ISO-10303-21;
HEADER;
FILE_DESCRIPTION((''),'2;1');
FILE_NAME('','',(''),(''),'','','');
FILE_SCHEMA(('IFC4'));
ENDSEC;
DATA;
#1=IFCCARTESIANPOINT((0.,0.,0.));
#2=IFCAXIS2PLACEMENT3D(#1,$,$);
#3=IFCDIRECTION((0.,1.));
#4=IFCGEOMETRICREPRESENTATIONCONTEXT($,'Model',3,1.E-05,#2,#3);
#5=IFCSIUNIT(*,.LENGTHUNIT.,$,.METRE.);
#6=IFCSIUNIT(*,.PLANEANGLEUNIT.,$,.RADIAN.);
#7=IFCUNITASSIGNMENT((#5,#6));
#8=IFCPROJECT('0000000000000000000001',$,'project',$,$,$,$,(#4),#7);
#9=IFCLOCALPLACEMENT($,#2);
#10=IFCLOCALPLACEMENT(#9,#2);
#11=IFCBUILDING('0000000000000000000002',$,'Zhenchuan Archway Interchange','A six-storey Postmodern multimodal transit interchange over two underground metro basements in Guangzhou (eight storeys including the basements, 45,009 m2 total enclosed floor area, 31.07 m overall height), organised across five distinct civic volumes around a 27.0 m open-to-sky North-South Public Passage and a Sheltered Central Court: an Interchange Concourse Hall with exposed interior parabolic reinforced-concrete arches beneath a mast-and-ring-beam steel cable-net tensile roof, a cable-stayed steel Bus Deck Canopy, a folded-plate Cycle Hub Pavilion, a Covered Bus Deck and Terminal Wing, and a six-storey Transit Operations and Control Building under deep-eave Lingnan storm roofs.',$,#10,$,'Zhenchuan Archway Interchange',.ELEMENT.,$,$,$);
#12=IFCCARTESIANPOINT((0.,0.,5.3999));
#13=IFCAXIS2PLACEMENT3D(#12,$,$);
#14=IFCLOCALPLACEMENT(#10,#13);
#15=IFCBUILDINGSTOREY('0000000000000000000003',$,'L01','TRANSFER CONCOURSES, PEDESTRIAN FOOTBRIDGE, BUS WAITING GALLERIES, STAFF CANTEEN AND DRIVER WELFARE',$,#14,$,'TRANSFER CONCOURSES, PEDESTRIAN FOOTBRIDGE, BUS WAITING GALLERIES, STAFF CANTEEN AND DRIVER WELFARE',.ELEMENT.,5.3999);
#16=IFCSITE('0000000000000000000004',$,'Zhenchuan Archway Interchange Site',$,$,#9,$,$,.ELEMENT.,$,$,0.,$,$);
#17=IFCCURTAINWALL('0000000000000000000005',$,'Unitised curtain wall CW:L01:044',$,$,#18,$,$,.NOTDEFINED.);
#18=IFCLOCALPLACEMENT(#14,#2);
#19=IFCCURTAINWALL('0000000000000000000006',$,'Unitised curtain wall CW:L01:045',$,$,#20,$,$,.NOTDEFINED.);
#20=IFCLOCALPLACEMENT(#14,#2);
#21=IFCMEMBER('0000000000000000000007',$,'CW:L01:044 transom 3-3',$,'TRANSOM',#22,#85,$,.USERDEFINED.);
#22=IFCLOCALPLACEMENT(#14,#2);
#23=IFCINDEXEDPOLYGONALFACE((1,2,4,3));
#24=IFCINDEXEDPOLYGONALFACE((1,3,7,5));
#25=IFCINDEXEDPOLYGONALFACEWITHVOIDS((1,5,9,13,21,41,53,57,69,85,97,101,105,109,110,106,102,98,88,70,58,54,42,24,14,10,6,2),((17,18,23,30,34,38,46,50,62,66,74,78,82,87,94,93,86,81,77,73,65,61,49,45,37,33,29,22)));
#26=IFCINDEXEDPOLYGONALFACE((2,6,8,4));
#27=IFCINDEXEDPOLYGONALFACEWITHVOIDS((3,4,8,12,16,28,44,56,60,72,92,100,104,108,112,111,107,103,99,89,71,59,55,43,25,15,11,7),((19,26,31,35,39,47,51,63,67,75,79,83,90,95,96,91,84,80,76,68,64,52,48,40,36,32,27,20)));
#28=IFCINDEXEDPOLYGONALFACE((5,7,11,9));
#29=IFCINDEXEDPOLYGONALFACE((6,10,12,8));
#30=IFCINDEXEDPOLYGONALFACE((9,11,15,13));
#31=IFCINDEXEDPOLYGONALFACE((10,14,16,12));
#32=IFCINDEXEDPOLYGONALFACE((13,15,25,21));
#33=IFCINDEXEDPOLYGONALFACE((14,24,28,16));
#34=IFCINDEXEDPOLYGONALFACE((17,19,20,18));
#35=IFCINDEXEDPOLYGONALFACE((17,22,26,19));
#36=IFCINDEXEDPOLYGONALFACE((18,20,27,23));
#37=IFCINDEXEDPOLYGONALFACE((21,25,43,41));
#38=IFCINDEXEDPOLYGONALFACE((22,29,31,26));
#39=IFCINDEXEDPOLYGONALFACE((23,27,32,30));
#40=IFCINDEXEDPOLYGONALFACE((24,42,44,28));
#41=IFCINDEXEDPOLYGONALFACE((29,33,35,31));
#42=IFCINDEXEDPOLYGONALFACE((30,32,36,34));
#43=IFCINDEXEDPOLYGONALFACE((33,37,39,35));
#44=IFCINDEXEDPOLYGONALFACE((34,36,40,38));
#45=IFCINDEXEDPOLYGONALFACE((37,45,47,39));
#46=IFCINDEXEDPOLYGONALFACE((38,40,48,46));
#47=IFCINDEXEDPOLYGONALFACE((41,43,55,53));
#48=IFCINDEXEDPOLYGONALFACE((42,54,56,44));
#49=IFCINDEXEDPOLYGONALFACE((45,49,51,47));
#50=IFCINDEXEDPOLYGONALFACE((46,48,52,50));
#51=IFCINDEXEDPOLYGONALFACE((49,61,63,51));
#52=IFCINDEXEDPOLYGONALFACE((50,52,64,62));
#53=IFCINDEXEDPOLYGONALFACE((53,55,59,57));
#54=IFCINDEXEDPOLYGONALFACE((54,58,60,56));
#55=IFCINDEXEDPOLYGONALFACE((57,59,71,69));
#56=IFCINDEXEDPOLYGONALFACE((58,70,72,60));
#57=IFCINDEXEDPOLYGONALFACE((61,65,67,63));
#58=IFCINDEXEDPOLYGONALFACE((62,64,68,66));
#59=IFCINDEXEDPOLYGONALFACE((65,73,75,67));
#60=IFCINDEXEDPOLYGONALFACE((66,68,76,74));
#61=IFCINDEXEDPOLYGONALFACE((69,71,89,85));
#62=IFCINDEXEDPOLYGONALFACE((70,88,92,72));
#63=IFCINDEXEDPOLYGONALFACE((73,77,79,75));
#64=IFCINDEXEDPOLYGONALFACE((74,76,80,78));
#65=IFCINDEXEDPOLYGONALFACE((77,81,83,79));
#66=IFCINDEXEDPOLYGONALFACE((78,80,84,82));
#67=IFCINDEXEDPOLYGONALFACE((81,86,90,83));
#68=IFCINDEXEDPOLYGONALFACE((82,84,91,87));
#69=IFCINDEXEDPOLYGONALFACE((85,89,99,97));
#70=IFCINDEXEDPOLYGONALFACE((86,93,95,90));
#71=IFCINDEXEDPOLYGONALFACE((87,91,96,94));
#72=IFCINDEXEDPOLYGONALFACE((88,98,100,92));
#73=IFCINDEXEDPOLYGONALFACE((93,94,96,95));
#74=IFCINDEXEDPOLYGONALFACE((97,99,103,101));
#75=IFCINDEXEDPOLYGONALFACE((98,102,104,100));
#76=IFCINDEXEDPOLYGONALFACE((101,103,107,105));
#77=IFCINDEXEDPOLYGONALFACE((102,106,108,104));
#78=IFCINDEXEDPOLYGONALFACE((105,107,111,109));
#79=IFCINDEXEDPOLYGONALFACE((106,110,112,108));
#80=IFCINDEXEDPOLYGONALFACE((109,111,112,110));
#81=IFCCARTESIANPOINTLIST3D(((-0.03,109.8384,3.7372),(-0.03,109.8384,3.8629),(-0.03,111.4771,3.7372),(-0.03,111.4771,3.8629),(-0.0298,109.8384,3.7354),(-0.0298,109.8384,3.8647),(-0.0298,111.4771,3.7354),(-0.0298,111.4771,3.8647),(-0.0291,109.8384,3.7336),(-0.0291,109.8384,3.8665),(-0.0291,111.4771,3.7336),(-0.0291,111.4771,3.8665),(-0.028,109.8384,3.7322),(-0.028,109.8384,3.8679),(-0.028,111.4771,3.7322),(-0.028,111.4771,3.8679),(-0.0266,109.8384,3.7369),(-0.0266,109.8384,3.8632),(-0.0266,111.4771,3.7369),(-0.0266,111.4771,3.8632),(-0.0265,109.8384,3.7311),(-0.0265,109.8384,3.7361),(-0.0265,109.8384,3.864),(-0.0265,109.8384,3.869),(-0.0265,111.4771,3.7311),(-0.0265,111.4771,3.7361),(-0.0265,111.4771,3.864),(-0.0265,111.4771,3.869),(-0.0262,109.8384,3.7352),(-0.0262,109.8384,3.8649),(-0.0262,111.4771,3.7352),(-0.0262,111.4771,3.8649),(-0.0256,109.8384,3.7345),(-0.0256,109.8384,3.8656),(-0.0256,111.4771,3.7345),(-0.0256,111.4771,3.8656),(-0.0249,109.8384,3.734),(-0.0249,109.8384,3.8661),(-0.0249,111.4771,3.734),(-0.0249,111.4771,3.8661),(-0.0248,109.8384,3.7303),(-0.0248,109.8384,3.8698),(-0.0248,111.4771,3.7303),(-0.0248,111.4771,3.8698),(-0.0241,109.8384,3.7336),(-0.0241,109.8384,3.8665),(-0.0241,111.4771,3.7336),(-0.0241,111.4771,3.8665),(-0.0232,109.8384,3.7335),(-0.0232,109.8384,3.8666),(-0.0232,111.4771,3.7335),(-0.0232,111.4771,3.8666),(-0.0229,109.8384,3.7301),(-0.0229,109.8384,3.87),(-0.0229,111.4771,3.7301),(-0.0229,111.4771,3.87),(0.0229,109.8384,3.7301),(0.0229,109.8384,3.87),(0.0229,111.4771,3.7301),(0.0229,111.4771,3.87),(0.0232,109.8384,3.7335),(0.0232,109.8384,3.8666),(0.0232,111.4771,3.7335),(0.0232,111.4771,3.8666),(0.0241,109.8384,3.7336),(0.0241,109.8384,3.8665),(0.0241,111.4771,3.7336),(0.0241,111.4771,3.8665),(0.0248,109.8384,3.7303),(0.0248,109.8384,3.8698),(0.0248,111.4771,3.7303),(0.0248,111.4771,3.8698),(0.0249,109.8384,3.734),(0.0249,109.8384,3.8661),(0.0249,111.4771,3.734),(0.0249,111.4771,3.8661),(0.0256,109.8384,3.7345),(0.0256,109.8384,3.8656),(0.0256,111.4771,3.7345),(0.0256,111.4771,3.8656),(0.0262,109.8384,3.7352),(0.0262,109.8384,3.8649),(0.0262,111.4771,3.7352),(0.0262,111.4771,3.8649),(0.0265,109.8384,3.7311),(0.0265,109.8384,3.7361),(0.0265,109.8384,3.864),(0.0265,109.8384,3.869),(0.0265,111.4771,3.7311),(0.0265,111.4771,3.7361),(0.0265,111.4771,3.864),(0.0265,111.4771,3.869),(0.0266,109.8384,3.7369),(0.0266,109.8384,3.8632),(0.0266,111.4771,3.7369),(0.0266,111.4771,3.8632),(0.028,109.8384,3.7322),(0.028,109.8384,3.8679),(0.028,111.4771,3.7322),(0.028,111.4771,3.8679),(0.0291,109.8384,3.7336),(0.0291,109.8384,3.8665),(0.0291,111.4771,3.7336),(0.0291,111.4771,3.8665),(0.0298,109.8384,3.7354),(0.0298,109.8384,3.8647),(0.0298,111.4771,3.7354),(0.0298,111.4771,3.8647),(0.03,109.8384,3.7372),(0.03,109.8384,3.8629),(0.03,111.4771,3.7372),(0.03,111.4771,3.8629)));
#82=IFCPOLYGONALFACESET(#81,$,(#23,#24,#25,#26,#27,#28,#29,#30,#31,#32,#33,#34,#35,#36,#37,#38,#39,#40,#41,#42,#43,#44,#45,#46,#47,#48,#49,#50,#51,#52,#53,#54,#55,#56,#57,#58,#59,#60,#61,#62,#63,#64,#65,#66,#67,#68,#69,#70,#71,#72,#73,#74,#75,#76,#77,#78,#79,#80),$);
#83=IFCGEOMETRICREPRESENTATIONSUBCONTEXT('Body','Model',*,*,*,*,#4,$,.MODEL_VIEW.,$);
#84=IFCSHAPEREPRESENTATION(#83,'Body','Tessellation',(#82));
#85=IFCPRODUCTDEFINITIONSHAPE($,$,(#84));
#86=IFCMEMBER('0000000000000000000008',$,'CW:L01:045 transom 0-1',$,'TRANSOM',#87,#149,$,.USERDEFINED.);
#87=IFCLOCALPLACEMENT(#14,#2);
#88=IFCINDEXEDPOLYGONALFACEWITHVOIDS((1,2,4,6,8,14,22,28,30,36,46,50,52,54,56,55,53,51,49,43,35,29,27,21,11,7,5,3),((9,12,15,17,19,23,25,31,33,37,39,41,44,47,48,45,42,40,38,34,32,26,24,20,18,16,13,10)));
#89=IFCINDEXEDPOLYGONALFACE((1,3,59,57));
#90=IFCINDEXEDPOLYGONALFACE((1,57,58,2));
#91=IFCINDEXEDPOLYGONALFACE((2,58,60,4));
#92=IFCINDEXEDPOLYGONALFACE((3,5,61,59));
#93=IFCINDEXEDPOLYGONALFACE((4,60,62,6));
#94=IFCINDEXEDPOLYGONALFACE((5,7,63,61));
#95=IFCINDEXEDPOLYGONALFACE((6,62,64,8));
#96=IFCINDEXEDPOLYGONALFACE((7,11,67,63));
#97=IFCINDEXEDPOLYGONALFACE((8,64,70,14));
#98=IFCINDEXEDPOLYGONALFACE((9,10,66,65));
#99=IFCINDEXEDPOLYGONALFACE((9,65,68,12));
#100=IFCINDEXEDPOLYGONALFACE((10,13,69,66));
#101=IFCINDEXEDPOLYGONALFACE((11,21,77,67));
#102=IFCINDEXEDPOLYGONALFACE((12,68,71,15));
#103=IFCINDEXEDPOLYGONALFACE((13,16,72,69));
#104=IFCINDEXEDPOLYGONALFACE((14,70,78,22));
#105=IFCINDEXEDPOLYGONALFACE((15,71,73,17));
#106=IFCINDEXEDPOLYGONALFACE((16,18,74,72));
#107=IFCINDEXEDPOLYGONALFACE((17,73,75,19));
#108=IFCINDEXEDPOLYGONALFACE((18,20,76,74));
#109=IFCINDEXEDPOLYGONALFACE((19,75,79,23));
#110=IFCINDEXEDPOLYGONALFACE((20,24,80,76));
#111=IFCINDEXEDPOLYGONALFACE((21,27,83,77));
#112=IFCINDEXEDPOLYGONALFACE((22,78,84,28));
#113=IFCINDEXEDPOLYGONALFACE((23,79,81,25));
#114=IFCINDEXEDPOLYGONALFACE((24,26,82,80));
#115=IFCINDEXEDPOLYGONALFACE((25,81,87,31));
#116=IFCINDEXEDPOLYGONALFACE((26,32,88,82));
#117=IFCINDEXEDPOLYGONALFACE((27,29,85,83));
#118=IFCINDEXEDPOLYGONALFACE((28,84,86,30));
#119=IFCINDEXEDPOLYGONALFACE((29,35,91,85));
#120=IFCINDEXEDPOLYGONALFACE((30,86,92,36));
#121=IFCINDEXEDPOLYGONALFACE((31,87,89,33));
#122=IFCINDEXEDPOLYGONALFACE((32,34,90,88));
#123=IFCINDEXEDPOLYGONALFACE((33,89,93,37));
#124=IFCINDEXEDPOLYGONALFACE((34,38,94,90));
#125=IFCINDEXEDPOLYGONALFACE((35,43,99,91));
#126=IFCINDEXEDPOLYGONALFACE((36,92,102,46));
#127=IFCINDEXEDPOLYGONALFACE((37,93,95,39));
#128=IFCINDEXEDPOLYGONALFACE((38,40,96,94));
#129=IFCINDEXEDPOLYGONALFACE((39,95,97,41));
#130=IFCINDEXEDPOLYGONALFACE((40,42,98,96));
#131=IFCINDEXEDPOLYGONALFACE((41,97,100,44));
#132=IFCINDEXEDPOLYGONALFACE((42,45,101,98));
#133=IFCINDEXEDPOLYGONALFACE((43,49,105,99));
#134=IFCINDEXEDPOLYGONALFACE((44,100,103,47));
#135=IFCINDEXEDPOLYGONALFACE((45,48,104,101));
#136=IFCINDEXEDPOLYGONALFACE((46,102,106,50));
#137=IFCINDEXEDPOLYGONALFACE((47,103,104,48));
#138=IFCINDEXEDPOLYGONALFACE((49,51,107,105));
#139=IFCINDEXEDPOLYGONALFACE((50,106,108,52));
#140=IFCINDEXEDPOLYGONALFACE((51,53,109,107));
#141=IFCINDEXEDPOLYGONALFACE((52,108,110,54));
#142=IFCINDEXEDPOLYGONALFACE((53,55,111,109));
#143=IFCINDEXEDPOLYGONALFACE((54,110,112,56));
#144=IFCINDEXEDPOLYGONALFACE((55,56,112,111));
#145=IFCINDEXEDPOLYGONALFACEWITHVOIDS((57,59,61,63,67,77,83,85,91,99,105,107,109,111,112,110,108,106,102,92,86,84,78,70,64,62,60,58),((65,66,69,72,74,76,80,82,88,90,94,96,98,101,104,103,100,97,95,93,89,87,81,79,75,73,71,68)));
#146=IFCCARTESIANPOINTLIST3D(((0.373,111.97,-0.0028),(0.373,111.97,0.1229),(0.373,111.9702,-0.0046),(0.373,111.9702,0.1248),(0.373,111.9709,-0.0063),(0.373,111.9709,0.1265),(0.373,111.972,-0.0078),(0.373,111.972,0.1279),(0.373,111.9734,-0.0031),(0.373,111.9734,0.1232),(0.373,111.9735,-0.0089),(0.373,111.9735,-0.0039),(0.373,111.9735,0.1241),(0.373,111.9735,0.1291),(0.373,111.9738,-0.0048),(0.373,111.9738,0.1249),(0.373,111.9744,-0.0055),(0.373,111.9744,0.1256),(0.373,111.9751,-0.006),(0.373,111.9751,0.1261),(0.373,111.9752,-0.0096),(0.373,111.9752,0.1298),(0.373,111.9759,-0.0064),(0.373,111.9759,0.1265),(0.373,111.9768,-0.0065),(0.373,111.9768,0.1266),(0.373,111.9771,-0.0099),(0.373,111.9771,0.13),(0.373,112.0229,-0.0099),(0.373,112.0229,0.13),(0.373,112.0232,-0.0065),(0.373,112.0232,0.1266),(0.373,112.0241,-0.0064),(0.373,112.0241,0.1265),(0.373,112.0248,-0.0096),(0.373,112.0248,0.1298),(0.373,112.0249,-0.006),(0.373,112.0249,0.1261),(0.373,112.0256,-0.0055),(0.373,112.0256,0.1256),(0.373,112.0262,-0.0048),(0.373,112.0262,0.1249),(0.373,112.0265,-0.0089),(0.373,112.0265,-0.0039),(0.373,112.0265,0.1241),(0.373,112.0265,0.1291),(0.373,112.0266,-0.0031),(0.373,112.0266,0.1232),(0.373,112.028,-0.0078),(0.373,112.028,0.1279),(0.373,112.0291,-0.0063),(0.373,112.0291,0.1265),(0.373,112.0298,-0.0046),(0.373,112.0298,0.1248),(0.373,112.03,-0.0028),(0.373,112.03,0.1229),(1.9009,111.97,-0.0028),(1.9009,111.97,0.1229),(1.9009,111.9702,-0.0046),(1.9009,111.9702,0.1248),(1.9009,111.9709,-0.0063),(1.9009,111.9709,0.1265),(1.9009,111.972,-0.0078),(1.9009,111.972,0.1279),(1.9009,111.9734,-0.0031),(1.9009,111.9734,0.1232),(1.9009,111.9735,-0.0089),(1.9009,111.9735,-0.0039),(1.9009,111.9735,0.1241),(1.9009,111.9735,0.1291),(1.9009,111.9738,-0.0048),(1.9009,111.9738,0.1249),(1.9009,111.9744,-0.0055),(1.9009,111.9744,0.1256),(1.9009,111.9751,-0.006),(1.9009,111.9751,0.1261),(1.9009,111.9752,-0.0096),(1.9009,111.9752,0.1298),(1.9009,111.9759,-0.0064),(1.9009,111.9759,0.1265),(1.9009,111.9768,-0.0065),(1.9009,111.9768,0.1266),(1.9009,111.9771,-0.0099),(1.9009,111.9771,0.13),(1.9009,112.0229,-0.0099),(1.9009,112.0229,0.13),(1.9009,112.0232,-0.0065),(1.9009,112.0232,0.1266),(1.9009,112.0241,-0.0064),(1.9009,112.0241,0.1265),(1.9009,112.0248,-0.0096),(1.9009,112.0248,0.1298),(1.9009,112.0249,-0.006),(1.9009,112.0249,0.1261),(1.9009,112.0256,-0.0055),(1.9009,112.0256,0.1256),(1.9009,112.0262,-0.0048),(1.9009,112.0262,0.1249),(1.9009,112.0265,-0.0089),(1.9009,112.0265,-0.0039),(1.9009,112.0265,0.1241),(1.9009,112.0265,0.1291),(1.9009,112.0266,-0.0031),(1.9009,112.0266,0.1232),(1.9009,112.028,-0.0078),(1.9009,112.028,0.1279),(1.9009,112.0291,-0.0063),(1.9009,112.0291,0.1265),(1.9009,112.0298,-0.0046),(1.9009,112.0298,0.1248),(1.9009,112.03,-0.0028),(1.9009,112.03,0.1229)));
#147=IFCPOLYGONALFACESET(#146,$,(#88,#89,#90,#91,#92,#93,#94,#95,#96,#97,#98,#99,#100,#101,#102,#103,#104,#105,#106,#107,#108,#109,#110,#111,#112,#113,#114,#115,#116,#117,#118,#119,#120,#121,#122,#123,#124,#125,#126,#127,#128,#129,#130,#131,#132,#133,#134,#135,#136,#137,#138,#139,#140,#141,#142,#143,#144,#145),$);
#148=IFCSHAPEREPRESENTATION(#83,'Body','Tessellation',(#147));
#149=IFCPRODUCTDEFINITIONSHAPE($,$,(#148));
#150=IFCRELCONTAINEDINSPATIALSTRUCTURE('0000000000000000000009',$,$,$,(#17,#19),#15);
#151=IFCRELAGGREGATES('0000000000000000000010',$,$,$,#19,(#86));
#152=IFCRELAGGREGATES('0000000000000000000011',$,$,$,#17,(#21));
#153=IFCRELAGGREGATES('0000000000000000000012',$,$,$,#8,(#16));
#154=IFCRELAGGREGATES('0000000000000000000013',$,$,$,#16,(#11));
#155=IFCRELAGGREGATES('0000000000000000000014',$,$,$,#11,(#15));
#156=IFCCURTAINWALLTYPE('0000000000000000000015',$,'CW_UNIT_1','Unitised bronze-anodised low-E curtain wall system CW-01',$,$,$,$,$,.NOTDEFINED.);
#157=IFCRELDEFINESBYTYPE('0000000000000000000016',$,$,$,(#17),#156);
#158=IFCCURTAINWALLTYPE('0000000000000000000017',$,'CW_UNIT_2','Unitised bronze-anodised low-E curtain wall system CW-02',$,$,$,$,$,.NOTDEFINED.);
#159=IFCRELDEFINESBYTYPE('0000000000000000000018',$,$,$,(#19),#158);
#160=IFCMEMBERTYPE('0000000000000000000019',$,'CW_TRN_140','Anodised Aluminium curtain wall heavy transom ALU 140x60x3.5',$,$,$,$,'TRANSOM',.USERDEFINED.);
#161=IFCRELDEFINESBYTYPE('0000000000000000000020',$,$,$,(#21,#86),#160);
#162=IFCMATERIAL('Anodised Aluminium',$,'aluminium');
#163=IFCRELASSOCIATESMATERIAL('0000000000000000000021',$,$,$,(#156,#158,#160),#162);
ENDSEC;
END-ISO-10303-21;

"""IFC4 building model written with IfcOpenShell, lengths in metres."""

from ifc_helpers import new_model, si_unit, direction, frame, origin, origin_2d, place, context, subcontext, project, spatial, hollow_rectangle, extrude, material, material_profile, profile_set, type_object, element, aggregate, save


model = new_model("IFC4")

# Units and contexts
model_context = context("Model", 3, precision=1e-05, world=origin(), true_north=direction((0.0, 1.0)))
body_context = subcontext(model_context, "Body", "Model", "MODEL_VIEW")
ifc_project = project(units=[si_unit("LENGTHUNIT", "METRE"), si_unit("PLANEANGLEUNIT", "RADIAN")], contexts=[model_context])

# Site, building, storey
site_placement = place(None, origin())
site = spatial("IfcSite", under=ifc_project, at=site_placement, Name="Zhenchuan Archway Interchange Site", CompositionType="ELEMENT", RefElevation=0.0)
building_placement = place(site_placement, origin())
building = spatial("IfcBuilding", under=site, at=building_placement, Name="Zhenchuan Archway Interchange", Description="A six-storey Postmodern multimodal transit interchange over two underground metro basements in Guangzhou (eight storeys including the basements, 45,009 m2 total enclosed floor area, 31.07 m overall height), organised across five distinct civic volumes around a 27.0 m open-to-sky North-South Public Passage and a Sheltered Central Court: an Interchange Concourse Hall with exposed interior parabolic reinforced-concrete arches beneath a mast-and-ring-beam steel cable-net tensile roof, a cable-stayed steel Bus Deck Canopy, a folded-plate Cycle Hub Pavilion, a Covered Bus Deck and Terminal Wing, and a six-storey Transit Operations and Control Building under deep-eave Lingnan storm roofs.", LongName="Zhenchuan Archway Interchange", CompositionType="ELEMENT")
storey_placement = place(building_placement, frame((0.0, 0.0, 5.3999)))
storey = spatial("IfcBuildingStorey", under=building, at=storey_placement, Name="L01", Description="TRANSFER CONCOURSES, PEDESTRIAN FOOTBRIDGE, BUS WAITING GALLERIES, STAFF CANTEEN AND DRIVER WELFARE", LongName="TRANSFER CONCOURSES, PEDESTRIAN FOOTBRIDGE, BUS WAITING GALLERIES, STAFF CANTEEN AND DRIVER WELFARE", CompositionType="ELEMENT", Elevation=5.3999)

# Curtain walls
ifc_material_1 = material(Name="Anodised Aluminium", Category="aluminium")
curtain_wall_type_1 = type_object("IfcCurtainWallType", Name="CW_UNIT_1", Description="Unitised bronze-anodised low-E curtain wall system CW-01", PredefinedType="NOTDEFINED", material=ifc_material_1)
curtain_wall_1_placement = place(storey_placement, origin())
curtain_wall_1 = element("IfcCurtainWall", 1, at=curtain_wall_1_placement, inside=storey, type_object=curtain_wall_type_1, Name="Unitised curtain wall CW:L01:044", PredefinedType="NOTDEFINED")
curtain_wall_type_2 = type_object("IfcCurtainWallType", Name="CW_UNIT_2", Description="Unitised bronze-anodised low-E curtain wall system CW-02", PredefinedType="NOTDEFINED", material=ifc_material_1)
curtain_wall_2_placement = place(storey_placement, origin())
curtain_wall_2 = element("IfcCurtainWall", 2, at=curtain_wall_2_placement, inside=storey, type_object=curtain_wall_type_2, Name="Unitised curtain wall CW:L01:045", PredefinedType="NOTDEFINED")

# Members
ifc_material_profile_1 = material_profile(ifc_material_1, hollow_rectangle(XDim=0.0601, YDim=0.1399, WallThickness=0.0034, InnerFilletRadius=0.0034, OuterFilletRadius=0.0071, at=origin_2d()), Name="ALU 140x60x3.5")
ifc_profile_set_1 = profile_set([ifc_material_profile_1], Name="Anodised Aluminium")
member_type_1 = type_object("IfcMemberType", Name="CW_TRN_140", Description="Anodised Aluminium curtain wall heavy transom ALU 140x60x3.5", ElementType="TRANSOM", PredefinedType="USERDEFINED", material=ifc_profile_set_1)
member_1_placement = place(storey_placement, frame((0.0, 109.8384, 3.8), z_axis=(0.0, 1.0, 0.0), x_axis=(-1.0, 0.0, 0.0)))
member_1 = element("IfcMember", 3, at=member_1_placement, type_object=member_type_1, Name="CW:L01:044 transom 3-3", ObjectType="TRANSOM", PredefinedType="USERDEFINED", context=body_context, shape_type="SweptSolid", body=[
    extrude(hollow_rectangle(XDim=0.0601, YDim=0.1399, WallThickness=0.0034, InnerFilletRadius=0.0034, OuterFilletRadius=0.0071, at=origin_2d()), origin(), (0.0, 0.0, 1.0), 1.6387),
])
member_2_placement = place(storey_placement, frame((0.373, 112.0, 0.0601), z_axis=(1.0, 0.0, 0.0), x_axis=(0.0, 1.0, 0.0)))
member_2 = element("IfcMember", 4, at=member_2_placement, type_object=member_type_1, Name="CW:L01:045 transom 0-1", ObjectType="TRANSOM", PredefinedType="USERDEFINED", context=body_context, shape_type="SweptSolid", body=[
    extrude(hollow_rectangle(XDim=0.0601, YDim=0.1399, WallThickness=0.0034, InnerFilletRadius=0.0034, OuterFilletRadius=0.0071, at=origin_2d()), origin(), (0.0, 0.0, 1.0), 1.5278),
])

aggregate(curtain_wall_2, [member_2])
aggregate(curtain_wall_1, [member_1])

save(model, "model.ifc")
